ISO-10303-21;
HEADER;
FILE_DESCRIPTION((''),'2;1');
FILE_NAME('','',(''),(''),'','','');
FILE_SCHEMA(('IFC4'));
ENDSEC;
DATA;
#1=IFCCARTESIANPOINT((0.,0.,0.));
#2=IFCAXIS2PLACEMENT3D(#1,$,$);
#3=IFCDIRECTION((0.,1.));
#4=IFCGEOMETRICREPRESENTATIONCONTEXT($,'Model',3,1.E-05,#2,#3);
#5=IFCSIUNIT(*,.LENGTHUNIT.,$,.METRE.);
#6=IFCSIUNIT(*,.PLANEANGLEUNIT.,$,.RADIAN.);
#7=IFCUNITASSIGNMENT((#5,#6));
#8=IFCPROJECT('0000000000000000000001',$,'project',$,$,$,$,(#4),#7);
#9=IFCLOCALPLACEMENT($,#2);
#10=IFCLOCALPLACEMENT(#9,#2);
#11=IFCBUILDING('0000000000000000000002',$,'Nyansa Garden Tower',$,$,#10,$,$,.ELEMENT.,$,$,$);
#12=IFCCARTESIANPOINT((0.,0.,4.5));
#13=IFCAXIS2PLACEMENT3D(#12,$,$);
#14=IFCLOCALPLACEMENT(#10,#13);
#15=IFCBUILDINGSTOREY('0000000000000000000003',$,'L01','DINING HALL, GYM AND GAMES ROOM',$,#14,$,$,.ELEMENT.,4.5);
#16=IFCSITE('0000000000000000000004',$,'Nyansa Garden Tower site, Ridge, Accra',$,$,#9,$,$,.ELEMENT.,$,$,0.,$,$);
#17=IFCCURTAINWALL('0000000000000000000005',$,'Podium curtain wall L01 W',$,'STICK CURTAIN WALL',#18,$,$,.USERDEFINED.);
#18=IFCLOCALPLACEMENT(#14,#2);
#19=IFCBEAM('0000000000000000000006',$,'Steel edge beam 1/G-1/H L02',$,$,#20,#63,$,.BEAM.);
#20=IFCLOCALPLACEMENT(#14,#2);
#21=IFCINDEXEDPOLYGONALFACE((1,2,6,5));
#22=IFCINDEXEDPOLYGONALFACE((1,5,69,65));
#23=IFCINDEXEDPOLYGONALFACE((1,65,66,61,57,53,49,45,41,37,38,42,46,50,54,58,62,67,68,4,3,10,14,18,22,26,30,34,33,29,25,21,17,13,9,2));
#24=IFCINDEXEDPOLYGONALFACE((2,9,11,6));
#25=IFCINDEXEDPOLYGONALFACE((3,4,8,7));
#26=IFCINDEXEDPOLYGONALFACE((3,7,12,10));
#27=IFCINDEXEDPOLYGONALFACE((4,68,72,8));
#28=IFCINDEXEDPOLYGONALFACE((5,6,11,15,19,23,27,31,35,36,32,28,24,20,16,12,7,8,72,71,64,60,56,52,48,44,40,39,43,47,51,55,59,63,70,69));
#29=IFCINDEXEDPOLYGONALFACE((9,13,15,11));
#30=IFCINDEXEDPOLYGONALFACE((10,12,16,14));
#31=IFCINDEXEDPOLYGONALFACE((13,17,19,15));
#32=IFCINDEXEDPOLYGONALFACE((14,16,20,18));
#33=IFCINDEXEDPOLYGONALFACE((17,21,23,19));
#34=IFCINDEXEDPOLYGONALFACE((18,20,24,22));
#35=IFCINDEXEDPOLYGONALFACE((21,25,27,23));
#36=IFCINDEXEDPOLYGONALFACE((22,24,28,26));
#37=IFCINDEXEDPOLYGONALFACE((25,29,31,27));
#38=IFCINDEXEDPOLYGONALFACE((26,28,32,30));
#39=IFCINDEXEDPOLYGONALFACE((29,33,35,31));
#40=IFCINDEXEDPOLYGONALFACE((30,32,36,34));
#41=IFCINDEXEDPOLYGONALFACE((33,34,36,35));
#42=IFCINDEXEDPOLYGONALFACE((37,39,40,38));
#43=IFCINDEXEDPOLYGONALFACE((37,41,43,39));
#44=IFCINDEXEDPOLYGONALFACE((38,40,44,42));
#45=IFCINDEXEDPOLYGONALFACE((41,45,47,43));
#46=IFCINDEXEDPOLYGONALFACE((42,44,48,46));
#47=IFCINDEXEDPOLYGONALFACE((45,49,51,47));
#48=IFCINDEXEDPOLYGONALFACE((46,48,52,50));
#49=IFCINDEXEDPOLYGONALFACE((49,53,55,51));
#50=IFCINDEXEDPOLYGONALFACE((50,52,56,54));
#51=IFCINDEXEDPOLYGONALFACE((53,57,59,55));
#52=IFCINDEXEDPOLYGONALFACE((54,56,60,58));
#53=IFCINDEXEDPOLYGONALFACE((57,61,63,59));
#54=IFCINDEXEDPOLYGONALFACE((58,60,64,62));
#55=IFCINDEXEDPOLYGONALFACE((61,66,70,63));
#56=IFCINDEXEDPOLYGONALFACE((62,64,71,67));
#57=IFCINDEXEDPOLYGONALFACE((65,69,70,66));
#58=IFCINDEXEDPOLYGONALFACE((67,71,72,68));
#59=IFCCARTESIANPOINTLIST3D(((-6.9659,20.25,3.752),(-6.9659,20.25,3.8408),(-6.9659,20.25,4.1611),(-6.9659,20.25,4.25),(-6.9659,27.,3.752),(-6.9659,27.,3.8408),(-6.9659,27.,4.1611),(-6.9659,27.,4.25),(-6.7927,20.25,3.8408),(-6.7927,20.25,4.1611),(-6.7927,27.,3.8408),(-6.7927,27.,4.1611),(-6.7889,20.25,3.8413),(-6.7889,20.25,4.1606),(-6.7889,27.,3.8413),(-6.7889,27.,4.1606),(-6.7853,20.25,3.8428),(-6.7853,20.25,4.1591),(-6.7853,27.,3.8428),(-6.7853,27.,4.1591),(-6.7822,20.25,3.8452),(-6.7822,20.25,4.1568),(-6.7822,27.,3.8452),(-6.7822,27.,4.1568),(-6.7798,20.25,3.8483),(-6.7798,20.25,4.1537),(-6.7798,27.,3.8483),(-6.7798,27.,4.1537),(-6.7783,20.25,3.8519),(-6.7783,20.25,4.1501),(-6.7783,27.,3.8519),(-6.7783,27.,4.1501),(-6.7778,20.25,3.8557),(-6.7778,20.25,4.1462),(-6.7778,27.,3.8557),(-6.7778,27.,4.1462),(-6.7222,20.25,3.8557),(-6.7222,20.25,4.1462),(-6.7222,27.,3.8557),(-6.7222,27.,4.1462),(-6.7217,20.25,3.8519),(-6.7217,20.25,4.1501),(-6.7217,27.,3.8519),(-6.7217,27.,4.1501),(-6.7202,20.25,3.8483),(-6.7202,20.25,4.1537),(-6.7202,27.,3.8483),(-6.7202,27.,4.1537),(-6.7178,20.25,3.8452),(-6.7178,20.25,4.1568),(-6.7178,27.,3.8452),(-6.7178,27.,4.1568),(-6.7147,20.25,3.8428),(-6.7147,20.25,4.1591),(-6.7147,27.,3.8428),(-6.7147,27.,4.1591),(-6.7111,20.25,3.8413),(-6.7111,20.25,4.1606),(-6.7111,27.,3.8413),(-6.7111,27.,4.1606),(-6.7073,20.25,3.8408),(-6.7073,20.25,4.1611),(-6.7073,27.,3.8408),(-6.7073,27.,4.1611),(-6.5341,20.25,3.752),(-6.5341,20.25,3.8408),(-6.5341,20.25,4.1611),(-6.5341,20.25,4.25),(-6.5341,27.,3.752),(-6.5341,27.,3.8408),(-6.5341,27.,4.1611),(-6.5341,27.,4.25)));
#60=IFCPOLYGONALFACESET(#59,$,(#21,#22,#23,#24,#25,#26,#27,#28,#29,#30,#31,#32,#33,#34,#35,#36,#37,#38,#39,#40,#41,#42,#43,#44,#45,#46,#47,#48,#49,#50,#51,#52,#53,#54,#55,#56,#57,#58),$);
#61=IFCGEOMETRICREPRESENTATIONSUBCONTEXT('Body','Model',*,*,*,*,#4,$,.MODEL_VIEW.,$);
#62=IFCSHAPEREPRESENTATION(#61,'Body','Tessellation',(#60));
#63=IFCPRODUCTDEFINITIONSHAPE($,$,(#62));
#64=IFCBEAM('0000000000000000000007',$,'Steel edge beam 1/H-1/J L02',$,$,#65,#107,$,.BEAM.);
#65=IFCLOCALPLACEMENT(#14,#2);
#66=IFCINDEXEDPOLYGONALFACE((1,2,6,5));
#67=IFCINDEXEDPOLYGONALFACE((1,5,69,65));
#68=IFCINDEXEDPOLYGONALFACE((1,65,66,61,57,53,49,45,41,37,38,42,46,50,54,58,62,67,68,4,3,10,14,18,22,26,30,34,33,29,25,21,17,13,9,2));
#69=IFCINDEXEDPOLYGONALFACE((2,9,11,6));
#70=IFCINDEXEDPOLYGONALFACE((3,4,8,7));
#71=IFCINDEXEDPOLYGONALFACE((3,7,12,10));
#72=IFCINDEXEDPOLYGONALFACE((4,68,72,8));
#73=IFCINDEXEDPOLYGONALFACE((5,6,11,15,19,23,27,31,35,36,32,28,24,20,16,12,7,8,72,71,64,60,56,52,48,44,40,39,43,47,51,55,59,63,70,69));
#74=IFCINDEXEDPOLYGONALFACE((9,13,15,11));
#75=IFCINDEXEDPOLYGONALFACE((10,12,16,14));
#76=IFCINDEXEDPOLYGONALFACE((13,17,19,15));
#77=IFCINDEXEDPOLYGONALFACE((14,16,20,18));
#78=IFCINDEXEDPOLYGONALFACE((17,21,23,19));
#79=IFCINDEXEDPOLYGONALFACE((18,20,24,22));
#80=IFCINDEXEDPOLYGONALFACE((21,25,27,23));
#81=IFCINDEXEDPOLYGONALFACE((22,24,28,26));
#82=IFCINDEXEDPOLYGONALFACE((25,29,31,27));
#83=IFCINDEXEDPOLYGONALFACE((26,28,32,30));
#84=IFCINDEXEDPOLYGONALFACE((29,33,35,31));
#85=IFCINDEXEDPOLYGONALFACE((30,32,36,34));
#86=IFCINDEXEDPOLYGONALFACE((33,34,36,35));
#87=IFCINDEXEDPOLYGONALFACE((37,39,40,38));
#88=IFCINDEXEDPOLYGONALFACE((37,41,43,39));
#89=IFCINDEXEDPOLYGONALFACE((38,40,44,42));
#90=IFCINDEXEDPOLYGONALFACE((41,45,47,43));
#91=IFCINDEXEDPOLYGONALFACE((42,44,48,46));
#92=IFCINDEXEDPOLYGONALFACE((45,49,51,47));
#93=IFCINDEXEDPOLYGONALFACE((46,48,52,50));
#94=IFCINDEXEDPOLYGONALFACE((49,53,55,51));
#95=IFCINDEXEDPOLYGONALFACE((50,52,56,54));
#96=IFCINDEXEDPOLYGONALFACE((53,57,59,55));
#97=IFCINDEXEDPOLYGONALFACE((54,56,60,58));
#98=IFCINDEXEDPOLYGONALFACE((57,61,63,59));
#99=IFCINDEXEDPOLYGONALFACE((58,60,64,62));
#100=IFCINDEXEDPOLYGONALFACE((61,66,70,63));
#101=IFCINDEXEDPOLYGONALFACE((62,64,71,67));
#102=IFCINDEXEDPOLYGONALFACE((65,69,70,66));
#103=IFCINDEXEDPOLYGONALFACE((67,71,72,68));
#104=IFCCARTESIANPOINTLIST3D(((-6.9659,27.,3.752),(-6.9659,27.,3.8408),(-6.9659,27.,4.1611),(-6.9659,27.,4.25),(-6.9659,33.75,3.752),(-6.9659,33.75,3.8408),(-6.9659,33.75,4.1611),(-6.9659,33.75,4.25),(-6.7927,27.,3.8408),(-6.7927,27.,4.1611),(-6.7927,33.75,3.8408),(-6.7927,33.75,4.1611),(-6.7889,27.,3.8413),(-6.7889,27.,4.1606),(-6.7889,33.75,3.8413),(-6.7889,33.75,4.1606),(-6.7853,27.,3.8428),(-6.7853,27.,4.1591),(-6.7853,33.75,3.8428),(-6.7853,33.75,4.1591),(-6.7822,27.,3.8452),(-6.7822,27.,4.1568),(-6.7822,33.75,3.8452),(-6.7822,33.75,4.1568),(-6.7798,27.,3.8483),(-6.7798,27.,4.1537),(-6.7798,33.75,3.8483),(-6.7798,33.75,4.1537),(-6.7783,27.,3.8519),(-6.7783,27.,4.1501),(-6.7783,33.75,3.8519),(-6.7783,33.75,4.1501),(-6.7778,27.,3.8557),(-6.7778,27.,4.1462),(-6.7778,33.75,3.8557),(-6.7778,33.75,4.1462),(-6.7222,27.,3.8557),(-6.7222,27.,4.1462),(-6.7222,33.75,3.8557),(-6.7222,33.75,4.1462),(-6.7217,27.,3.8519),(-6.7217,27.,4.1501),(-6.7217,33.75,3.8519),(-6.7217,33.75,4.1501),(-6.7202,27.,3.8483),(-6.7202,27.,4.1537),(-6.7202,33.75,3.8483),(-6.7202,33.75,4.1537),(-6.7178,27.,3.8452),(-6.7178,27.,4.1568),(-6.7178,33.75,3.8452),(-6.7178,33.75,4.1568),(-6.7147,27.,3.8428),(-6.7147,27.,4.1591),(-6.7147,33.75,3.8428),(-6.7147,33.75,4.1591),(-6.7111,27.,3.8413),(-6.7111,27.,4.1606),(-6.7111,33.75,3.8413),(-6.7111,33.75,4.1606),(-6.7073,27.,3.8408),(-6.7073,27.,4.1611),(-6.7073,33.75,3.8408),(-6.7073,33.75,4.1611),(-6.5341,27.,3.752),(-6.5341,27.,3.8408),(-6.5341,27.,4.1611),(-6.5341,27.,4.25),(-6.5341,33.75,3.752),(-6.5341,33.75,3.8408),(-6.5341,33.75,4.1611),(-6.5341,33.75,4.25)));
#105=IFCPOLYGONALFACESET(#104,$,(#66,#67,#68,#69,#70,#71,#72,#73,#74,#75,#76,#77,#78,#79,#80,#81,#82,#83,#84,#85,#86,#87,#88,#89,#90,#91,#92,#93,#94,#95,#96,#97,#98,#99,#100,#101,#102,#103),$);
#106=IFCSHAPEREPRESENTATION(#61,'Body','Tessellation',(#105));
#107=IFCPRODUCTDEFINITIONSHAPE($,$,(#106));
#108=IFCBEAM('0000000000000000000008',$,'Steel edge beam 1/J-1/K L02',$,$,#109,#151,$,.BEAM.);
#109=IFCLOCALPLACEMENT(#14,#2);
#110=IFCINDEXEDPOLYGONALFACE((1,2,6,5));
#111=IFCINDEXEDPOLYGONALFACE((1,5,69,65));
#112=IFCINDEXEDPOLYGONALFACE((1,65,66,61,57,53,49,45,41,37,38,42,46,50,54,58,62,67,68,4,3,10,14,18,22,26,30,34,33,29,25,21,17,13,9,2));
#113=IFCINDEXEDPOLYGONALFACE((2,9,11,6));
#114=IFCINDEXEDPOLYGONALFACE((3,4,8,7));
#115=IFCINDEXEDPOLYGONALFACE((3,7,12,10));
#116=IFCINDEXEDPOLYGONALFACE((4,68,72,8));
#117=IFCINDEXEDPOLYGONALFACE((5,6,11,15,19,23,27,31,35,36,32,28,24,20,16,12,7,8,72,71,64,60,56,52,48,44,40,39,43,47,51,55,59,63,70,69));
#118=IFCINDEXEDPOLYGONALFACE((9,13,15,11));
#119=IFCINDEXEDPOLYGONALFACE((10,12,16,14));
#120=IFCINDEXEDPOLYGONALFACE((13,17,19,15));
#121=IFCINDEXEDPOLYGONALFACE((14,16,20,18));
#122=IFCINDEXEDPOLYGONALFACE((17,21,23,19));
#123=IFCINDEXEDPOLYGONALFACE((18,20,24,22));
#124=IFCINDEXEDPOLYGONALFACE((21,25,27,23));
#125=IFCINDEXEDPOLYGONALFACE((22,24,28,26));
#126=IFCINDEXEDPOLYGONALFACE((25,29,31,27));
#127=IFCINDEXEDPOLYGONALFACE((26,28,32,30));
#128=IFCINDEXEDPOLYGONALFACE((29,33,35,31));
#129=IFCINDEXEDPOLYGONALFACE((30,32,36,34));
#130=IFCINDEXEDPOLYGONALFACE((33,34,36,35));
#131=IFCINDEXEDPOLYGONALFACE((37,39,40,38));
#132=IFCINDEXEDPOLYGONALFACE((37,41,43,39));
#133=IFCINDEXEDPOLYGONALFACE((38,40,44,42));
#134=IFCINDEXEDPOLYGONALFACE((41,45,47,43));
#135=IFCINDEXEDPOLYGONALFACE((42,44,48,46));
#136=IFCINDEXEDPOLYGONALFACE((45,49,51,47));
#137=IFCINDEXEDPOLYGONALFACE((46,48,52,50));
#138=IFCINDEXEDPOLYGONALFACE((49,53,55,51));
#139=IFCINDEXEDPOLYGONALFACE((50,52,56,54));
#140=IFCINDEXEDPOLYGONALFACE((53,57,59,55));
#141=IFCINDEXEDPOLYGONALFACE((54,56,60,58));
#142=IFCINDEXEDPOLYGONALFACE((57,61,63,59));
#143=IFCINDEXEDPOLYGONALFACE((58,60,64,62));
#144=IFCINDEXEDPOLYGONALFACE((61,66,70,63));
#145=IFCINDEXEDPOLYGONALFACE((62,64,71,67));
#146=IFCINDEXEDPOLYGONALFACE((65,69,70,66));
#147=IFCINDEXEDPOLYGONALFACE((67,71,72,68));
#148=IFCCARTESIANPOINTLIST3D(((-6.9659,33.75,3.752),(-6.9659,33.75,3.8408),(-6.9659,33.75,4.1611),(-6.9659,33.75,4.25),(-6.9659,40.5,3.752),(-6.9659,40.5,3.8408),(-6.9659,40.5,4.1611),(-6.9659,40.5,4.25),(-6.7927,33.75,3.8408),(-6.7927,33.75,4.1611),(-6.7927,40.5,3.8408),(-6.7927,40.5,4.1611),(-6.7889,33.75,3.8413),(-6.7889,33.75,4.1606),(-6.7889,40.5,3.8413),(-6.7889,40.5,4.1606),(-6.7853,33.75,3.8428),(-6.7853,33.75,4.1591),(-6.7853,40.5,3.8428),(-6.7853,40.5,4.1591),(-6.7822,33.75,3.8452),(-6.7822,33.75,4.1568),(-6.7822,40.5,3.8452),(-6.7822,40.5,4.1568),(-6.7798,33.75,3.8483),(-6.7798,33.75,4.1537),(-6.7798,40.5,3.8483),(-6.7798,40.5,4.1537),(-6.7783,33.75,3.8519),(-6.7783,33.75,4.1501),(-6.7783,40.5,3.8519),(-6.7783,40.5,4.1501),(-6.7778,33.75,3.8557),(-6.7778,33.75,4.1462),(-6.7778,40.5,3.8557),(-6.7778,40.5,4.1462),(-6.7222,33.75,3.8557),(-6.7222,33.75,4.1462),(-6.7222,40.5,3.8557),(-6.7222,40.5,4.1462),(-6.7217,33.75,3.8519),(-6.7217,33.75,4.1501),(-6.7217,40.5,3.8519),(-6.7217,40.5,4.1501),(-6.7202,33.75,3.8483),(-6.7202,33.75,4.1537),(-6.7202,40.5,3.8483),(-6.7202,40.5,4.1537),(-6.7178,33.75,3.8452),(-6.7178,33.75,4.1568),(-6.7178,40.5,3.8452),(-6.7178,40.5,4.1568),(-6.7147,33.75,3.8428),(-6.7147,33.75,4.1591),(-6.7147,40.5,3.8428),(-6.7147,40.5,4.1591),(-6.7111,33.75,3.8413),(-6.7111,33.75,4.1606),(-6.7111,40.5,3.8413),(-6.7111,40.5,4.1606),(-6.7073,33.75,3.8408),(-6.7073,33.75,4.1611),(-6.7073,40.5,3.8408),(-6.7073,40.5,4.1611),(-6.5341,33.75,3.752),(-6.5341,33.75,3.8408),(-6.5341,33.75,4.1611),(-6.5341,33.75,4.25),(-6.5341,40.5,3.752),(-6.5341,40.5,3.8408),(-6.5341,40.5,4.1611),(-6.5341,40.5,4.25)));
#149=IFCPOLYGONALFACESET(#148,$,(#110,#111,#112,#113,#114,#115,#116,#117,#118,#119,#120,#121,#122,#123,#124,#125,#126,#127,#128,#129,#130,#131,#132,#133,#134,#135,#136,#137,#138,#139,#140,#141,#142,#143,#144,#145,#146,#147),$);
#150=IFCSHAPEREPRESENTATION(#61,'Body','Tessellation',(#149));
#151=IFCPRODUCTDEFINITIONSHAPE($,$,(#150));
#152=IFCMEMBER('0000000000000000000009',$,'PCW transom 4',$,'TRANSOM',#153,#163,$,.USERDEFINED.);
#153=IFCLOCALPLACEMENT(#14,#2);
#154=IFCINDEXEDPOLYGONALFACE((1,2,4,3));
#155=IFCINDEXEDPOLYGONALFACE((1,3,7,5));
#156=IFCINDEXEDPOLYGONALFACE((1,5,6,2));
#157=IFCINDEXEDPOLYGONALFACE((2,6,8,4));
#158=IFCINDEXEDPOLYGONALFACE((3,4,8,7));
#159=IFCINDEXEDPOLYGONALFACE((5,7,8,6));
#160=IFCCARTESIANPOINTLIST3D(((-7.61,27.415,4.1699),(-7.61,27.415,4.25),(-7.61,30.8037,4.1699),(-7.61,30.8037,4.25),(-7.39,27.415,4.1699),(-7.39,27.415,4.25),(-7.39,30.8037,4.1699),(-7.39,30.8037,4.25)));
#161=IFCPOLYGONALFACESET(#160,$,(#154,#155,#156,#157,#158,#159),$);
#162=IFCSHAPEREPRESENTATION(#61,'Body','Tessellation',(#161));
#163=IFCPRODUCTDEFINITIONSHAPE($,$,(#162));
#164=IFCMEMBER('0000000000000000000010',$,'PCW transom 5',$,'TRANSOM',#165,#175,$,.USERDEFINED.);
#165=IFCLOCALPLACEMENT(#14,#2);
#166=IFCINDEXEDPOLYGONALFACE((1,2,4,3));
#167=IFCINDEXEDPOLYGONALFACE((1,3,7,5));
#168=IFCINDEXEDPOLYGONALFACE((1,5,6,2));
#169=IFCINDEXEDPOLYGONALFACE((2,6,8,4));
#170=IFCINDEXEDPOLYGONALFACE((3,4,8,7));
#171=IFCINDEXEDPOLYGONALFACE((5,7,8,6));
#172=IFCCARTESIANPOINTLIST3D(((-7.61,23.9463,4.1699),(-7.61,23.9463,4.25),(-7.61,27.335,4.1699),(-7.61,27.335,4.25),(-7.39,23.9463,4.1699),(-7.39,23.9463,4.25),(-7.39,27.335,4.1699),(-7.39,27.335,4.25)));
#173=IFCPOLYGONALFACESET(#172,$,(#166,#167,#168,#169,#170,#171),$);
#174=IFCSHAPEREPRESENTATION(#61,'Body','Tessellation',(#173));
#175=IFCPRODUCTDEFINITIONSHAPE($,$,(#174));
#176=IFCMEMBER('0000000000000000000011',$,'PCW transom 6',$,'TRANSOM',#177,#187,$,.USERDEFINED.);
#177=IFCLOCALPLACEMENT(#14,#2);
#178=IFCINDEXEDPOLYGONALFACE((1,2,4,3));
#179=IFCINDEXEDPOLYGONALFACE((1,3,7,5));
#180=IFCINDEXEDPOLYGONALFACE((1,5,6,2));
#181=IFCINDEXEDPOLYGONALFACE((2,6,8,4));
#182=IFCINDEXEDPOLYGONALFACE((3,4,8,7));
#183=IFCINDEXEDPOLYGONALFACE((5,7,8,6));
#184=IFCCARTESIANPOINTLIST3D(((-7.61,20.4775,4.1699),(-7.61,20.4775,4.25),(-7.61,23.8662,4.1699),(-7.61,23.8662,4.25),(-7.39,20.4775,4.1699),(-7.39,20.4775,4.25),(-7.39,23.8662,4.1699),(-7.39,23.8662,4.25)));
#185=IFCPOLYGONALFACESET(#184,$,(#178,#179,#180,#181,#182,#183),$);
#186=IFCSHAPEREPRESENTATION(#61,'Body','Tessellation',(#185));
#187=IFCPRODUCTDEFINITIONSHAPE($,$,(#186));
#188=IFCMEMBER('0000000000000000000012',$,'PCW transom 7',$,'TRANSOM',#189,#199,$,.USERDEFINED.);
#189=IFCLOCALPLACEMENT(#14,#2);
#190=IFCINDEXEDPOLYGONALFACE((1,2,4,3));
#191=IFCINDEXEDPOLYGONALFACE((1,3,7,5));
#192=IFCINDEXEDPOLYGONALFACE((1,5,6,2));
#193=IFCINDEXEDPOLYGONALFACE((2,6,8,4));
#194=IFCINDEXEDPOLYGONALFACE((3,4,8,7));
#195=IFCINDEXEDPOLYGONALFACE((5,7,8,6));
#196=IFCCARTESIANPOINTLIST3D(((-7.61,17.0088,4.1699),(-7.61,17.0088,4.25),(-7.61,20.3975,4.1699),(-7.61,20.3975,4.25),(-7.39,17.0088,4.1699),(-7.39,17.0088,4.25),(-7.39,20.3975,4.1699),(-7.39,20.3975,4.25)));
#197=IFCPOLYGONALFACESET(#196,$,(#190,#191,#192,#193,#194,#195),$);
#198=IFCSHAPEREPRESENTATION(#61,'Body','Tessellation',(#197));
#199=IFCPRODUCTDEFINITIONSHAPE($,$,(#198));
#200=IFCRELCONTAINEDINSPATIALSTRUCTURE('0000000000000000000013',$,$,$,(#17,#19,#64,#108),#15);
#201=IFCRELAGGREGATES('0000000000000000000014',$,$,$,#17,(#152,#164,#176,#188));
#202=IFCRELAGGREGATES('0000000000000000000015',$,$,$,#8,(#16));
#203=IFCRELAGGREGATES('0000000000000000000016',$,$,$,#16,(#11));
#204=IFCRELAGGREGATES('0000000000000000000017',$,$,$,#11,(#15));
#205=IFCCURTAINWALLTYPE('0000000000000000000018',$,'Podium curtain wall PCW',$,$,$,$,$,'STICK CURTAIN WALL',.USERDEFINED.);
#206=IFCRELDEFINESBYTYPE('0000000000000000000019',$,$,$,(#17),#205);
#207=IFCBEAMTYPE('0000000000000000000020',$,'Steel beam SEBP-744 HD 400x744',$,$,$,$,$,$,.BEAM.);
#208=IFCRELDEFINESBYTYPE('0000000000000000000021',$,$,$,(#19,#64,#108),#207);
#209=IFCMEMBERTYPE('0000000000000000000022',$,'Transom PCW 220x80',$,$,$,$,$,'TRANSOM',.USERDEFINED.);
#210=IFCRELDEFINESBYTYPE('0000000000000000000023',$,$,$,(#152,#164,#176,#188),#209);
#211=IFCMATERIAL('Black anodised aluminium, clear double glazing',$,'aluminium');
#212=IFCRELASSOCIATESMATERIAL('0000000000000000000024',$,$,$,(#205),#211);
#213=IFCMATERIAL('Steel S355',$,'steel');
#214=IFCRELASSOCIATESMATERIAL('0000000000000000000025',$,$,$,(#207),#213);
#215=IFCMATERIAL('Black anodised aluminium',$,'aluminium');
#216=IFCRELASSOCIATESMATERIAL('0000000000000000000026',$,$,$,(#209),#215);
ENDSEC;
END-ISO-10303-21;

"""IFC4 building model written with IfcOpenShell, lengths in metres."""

from ifc_helpers import new_model, si_unit, direction, frame, origin, origin_2d, place, context, subcontext, project, spatial, rectangle, i_section, extrude, material, material_profile, profile_set, type_object, element, aggregate, save


model = new_model("IFC4")

# Units and contexts
model_context = context("Model", 3, precision=1e-05, world=origin(), true_north=direction((0.0, 1.0)))
body_context = subcontext(model_context, "Body", "Model", "MODEL_VIEW")
ifc_project = project(units=[si_unit("LENGTHUNIT", "METRE"), si_unit("PLANEANGLEUNIT", "RADIAN")], contexts=[model_context])

# Site, building, storey
site_placement = place(None, origin())
site = spatial("IfcSite", under=ifc_project, at=site_placement, Name="Nyansa Garden Tower site, Ridge, Accra", CompositionType="ELEMENT", RefElevation=0.0)
building_placement = place(site_placement, origin())
building = spatial("IfcBuilding", under=site, at=building_placement, Name="Nyansa Garden Tower", CompositionType="ELEMENT")
storey_placement = place(building_placement, frame((0.0, 0.0, 4.5)))
storey = spatial("IfcBuildingStorey", under=building, at=storey_placement, Name="L01", Description="DINING HALL, GYM AND GAMES ROOM", CompositionType="ELEMENT", Elevation=4.5)

# Curtain wall
ifc_material_1 = material(Name="Black anodised aluminium, clear double glazing", Category="aluminium")
curtain_wall_type = type_object("IfcCurtainWallType", Name="Podium curtain wall PCW", ElementType="STICK CURTAIN WALL", PredefinedType="USERDEFINED", material=ifc_material_1)
curtain_wall_placement = place(storey_placement, origin())
curtain_wall = element("IfcCurtainWall", 1, at=curtain_wall_placement, inside=storey, type_object=curtain_wall_type, Name="Podium curtain wall L01 W", ObjectType="STICK CURTAIN WALL", PredefinedType="USERDEFINED")

# Beams
ifc_material_2 = material(Name="Steel S355", Category="steel")
ifc_material_profile_1 = material_profile(ifc_material_2, i_section(OverallWidth=0.4319, OverallDepth=0.498, WebThickness=0.0557, FlangeThickness=0.0889, FilletRadius=0.0149, at=origin_2d()), Name="HD 400x744")
ifc_profile_set_1 = profile_set([ifc_material_profile_1], Name="Steel S355")
beam_type_1 = type_object("IfcBeamType", Name="Steel beam SEBP-744 HD 400x744", PredefinedType="BEAM", material=ifc_profile_set_1)
for number, where, z_axis, x_axis, name in (
    (2, (-6.75, 20.25, 4.001), (0.0, 1.0, 0.0), (-1.0, 0.0, 0.0), "Steel edge beam 1/G-1/H L02"),
    (3, (-6.75, 27.0, 4.001), (0.0, 1.0, 0.0), (-1.0, 0.0, 0.0), "Steel edge beam 1/H-1/J L02"),
    (4, (-6.75, 33.75, 4.001), (0.0, 1.0, 0.0), (-1.0, 0.0, 0.0), "Steel edge beam 1/J-1/K L02"),
):
    element("IfcBeam", number, at=place(storey_placement, frame(where, z_axis=z_axis, x_axis=x_axis)), inside=storey, type_object=beam_type_1, Name=name, PredefinedType="BEAM", context=body_context, shape_type="SweptSolid", body=[
        extrude(i_section(OverallWidth=0.4319, OverallDepth=0.498, WebThickness=0.0557, FlangeThickness=0.0889, FilletRadius=0.0149, at=origin_2d()), origin(), (0.0, 0.0, 1.0), 6.75),
    ])

# Members
ifc_material_3 = material(Name="Black anodised aluminium", Category="aluminium")
ifc_material_profile_2 = material_profile(ifc_material_3, rectangle(XDim=0.22, YDim=0.0801, at=origin_2d()), Name="Transom 220x80")
ifc_profile_set_2 = profile_set([ifc_material_profile_2], Name="Black anodised aluminium")
member_type_1 = type_object("IfcMemberType", Name="Transom PCW 220x80", ElementType="TRANSOM", PredefinedType="USERDEFINED", material=ifc_profile_set_2)
member_1_placement = place(storey_placement, frame((-7.5, 30.8037, 4.21), z_axis=(0.0, -1.0, 0.0), x_axis=(1.0, 0.0, 0.0)))
member_1 = element("IfcMember", 5, at=member_1_placement, type_object=member_type_1, Name="PCW transom 4", ObjectType="TRANSOM", PredefinedType="USERDEFINED", context=body_context, shape_type="SweptSolid", body=[
    extrude(rectangle(XDim=0.22, YDim=0.0801, at=origin_2d()), origin(), (0.0, 0.0, 1.0), 3.3887),
])
member_2_placement = place(storey_placement, frame((-7.5, 27.335, 4.21), z_axis=(0.0, -1.0, 0.0), x_axis=(1.0, 0.0, 0.0)))
member_2 = element("IfcMember", 6, at=member_2_placement, type_object=member_type_1, Name="PCW transom 5", ObjectType="TRANSOM", PredefinedType="USERDEFINED", context=body_context, shape_type="SweptSolid", body=[
    extrude(rectangle(XDim=0.22, YDim=0.0801, at=origin_2d()), origin(), (0.0, 0.0, 1.0), 3.3887),
])
member_3_placement = place(storey_placement, frame((-7.5, 23.8662, 4.21), z_axis=(0.0, -1.0, 0.0), x_axis=(1.0, 0.0, 0.0)))
member_3 = element("IfcMember", 7, at=member_3_placement, type_object=member_type_1, Name="PCW transom 6", ObjectType="TRANSOM", PredefinedType="USERDEFINED", context=body_context, shape_type="SweptSolid", body=[
    extrude(rectangle(XDim=0.22, YDim=0.0801, at=origin_2d()), origin(), (0.0, 0.0, 1.0), 3.3887),
])
member_4_placement = place(storey_placement, frame((-7.5, 20.3975, 4.21), z_axis=(0.0, -1.0, 0.0), x_axis=(1.0, 0.0, 0.0)))
member_4 = element("IfcMember", 8, at=member_4_placement, type_object=member_type_1, Name="PCW transom 7", ObjectType="TRANSOM", PredefinedType="USERDEFINED", context=body_context, shape_type="SweptSolid", body=[
    extrude(rectangle(XDim=0.22, YDim=0.0801, at=origin_2d()), origin(), (0.0, 0.0, 1.0), 3.3887),
])

aggregate(curtain_wall, [member_1, member_2, member_3, member_4])

save(model, "model.ifc")
